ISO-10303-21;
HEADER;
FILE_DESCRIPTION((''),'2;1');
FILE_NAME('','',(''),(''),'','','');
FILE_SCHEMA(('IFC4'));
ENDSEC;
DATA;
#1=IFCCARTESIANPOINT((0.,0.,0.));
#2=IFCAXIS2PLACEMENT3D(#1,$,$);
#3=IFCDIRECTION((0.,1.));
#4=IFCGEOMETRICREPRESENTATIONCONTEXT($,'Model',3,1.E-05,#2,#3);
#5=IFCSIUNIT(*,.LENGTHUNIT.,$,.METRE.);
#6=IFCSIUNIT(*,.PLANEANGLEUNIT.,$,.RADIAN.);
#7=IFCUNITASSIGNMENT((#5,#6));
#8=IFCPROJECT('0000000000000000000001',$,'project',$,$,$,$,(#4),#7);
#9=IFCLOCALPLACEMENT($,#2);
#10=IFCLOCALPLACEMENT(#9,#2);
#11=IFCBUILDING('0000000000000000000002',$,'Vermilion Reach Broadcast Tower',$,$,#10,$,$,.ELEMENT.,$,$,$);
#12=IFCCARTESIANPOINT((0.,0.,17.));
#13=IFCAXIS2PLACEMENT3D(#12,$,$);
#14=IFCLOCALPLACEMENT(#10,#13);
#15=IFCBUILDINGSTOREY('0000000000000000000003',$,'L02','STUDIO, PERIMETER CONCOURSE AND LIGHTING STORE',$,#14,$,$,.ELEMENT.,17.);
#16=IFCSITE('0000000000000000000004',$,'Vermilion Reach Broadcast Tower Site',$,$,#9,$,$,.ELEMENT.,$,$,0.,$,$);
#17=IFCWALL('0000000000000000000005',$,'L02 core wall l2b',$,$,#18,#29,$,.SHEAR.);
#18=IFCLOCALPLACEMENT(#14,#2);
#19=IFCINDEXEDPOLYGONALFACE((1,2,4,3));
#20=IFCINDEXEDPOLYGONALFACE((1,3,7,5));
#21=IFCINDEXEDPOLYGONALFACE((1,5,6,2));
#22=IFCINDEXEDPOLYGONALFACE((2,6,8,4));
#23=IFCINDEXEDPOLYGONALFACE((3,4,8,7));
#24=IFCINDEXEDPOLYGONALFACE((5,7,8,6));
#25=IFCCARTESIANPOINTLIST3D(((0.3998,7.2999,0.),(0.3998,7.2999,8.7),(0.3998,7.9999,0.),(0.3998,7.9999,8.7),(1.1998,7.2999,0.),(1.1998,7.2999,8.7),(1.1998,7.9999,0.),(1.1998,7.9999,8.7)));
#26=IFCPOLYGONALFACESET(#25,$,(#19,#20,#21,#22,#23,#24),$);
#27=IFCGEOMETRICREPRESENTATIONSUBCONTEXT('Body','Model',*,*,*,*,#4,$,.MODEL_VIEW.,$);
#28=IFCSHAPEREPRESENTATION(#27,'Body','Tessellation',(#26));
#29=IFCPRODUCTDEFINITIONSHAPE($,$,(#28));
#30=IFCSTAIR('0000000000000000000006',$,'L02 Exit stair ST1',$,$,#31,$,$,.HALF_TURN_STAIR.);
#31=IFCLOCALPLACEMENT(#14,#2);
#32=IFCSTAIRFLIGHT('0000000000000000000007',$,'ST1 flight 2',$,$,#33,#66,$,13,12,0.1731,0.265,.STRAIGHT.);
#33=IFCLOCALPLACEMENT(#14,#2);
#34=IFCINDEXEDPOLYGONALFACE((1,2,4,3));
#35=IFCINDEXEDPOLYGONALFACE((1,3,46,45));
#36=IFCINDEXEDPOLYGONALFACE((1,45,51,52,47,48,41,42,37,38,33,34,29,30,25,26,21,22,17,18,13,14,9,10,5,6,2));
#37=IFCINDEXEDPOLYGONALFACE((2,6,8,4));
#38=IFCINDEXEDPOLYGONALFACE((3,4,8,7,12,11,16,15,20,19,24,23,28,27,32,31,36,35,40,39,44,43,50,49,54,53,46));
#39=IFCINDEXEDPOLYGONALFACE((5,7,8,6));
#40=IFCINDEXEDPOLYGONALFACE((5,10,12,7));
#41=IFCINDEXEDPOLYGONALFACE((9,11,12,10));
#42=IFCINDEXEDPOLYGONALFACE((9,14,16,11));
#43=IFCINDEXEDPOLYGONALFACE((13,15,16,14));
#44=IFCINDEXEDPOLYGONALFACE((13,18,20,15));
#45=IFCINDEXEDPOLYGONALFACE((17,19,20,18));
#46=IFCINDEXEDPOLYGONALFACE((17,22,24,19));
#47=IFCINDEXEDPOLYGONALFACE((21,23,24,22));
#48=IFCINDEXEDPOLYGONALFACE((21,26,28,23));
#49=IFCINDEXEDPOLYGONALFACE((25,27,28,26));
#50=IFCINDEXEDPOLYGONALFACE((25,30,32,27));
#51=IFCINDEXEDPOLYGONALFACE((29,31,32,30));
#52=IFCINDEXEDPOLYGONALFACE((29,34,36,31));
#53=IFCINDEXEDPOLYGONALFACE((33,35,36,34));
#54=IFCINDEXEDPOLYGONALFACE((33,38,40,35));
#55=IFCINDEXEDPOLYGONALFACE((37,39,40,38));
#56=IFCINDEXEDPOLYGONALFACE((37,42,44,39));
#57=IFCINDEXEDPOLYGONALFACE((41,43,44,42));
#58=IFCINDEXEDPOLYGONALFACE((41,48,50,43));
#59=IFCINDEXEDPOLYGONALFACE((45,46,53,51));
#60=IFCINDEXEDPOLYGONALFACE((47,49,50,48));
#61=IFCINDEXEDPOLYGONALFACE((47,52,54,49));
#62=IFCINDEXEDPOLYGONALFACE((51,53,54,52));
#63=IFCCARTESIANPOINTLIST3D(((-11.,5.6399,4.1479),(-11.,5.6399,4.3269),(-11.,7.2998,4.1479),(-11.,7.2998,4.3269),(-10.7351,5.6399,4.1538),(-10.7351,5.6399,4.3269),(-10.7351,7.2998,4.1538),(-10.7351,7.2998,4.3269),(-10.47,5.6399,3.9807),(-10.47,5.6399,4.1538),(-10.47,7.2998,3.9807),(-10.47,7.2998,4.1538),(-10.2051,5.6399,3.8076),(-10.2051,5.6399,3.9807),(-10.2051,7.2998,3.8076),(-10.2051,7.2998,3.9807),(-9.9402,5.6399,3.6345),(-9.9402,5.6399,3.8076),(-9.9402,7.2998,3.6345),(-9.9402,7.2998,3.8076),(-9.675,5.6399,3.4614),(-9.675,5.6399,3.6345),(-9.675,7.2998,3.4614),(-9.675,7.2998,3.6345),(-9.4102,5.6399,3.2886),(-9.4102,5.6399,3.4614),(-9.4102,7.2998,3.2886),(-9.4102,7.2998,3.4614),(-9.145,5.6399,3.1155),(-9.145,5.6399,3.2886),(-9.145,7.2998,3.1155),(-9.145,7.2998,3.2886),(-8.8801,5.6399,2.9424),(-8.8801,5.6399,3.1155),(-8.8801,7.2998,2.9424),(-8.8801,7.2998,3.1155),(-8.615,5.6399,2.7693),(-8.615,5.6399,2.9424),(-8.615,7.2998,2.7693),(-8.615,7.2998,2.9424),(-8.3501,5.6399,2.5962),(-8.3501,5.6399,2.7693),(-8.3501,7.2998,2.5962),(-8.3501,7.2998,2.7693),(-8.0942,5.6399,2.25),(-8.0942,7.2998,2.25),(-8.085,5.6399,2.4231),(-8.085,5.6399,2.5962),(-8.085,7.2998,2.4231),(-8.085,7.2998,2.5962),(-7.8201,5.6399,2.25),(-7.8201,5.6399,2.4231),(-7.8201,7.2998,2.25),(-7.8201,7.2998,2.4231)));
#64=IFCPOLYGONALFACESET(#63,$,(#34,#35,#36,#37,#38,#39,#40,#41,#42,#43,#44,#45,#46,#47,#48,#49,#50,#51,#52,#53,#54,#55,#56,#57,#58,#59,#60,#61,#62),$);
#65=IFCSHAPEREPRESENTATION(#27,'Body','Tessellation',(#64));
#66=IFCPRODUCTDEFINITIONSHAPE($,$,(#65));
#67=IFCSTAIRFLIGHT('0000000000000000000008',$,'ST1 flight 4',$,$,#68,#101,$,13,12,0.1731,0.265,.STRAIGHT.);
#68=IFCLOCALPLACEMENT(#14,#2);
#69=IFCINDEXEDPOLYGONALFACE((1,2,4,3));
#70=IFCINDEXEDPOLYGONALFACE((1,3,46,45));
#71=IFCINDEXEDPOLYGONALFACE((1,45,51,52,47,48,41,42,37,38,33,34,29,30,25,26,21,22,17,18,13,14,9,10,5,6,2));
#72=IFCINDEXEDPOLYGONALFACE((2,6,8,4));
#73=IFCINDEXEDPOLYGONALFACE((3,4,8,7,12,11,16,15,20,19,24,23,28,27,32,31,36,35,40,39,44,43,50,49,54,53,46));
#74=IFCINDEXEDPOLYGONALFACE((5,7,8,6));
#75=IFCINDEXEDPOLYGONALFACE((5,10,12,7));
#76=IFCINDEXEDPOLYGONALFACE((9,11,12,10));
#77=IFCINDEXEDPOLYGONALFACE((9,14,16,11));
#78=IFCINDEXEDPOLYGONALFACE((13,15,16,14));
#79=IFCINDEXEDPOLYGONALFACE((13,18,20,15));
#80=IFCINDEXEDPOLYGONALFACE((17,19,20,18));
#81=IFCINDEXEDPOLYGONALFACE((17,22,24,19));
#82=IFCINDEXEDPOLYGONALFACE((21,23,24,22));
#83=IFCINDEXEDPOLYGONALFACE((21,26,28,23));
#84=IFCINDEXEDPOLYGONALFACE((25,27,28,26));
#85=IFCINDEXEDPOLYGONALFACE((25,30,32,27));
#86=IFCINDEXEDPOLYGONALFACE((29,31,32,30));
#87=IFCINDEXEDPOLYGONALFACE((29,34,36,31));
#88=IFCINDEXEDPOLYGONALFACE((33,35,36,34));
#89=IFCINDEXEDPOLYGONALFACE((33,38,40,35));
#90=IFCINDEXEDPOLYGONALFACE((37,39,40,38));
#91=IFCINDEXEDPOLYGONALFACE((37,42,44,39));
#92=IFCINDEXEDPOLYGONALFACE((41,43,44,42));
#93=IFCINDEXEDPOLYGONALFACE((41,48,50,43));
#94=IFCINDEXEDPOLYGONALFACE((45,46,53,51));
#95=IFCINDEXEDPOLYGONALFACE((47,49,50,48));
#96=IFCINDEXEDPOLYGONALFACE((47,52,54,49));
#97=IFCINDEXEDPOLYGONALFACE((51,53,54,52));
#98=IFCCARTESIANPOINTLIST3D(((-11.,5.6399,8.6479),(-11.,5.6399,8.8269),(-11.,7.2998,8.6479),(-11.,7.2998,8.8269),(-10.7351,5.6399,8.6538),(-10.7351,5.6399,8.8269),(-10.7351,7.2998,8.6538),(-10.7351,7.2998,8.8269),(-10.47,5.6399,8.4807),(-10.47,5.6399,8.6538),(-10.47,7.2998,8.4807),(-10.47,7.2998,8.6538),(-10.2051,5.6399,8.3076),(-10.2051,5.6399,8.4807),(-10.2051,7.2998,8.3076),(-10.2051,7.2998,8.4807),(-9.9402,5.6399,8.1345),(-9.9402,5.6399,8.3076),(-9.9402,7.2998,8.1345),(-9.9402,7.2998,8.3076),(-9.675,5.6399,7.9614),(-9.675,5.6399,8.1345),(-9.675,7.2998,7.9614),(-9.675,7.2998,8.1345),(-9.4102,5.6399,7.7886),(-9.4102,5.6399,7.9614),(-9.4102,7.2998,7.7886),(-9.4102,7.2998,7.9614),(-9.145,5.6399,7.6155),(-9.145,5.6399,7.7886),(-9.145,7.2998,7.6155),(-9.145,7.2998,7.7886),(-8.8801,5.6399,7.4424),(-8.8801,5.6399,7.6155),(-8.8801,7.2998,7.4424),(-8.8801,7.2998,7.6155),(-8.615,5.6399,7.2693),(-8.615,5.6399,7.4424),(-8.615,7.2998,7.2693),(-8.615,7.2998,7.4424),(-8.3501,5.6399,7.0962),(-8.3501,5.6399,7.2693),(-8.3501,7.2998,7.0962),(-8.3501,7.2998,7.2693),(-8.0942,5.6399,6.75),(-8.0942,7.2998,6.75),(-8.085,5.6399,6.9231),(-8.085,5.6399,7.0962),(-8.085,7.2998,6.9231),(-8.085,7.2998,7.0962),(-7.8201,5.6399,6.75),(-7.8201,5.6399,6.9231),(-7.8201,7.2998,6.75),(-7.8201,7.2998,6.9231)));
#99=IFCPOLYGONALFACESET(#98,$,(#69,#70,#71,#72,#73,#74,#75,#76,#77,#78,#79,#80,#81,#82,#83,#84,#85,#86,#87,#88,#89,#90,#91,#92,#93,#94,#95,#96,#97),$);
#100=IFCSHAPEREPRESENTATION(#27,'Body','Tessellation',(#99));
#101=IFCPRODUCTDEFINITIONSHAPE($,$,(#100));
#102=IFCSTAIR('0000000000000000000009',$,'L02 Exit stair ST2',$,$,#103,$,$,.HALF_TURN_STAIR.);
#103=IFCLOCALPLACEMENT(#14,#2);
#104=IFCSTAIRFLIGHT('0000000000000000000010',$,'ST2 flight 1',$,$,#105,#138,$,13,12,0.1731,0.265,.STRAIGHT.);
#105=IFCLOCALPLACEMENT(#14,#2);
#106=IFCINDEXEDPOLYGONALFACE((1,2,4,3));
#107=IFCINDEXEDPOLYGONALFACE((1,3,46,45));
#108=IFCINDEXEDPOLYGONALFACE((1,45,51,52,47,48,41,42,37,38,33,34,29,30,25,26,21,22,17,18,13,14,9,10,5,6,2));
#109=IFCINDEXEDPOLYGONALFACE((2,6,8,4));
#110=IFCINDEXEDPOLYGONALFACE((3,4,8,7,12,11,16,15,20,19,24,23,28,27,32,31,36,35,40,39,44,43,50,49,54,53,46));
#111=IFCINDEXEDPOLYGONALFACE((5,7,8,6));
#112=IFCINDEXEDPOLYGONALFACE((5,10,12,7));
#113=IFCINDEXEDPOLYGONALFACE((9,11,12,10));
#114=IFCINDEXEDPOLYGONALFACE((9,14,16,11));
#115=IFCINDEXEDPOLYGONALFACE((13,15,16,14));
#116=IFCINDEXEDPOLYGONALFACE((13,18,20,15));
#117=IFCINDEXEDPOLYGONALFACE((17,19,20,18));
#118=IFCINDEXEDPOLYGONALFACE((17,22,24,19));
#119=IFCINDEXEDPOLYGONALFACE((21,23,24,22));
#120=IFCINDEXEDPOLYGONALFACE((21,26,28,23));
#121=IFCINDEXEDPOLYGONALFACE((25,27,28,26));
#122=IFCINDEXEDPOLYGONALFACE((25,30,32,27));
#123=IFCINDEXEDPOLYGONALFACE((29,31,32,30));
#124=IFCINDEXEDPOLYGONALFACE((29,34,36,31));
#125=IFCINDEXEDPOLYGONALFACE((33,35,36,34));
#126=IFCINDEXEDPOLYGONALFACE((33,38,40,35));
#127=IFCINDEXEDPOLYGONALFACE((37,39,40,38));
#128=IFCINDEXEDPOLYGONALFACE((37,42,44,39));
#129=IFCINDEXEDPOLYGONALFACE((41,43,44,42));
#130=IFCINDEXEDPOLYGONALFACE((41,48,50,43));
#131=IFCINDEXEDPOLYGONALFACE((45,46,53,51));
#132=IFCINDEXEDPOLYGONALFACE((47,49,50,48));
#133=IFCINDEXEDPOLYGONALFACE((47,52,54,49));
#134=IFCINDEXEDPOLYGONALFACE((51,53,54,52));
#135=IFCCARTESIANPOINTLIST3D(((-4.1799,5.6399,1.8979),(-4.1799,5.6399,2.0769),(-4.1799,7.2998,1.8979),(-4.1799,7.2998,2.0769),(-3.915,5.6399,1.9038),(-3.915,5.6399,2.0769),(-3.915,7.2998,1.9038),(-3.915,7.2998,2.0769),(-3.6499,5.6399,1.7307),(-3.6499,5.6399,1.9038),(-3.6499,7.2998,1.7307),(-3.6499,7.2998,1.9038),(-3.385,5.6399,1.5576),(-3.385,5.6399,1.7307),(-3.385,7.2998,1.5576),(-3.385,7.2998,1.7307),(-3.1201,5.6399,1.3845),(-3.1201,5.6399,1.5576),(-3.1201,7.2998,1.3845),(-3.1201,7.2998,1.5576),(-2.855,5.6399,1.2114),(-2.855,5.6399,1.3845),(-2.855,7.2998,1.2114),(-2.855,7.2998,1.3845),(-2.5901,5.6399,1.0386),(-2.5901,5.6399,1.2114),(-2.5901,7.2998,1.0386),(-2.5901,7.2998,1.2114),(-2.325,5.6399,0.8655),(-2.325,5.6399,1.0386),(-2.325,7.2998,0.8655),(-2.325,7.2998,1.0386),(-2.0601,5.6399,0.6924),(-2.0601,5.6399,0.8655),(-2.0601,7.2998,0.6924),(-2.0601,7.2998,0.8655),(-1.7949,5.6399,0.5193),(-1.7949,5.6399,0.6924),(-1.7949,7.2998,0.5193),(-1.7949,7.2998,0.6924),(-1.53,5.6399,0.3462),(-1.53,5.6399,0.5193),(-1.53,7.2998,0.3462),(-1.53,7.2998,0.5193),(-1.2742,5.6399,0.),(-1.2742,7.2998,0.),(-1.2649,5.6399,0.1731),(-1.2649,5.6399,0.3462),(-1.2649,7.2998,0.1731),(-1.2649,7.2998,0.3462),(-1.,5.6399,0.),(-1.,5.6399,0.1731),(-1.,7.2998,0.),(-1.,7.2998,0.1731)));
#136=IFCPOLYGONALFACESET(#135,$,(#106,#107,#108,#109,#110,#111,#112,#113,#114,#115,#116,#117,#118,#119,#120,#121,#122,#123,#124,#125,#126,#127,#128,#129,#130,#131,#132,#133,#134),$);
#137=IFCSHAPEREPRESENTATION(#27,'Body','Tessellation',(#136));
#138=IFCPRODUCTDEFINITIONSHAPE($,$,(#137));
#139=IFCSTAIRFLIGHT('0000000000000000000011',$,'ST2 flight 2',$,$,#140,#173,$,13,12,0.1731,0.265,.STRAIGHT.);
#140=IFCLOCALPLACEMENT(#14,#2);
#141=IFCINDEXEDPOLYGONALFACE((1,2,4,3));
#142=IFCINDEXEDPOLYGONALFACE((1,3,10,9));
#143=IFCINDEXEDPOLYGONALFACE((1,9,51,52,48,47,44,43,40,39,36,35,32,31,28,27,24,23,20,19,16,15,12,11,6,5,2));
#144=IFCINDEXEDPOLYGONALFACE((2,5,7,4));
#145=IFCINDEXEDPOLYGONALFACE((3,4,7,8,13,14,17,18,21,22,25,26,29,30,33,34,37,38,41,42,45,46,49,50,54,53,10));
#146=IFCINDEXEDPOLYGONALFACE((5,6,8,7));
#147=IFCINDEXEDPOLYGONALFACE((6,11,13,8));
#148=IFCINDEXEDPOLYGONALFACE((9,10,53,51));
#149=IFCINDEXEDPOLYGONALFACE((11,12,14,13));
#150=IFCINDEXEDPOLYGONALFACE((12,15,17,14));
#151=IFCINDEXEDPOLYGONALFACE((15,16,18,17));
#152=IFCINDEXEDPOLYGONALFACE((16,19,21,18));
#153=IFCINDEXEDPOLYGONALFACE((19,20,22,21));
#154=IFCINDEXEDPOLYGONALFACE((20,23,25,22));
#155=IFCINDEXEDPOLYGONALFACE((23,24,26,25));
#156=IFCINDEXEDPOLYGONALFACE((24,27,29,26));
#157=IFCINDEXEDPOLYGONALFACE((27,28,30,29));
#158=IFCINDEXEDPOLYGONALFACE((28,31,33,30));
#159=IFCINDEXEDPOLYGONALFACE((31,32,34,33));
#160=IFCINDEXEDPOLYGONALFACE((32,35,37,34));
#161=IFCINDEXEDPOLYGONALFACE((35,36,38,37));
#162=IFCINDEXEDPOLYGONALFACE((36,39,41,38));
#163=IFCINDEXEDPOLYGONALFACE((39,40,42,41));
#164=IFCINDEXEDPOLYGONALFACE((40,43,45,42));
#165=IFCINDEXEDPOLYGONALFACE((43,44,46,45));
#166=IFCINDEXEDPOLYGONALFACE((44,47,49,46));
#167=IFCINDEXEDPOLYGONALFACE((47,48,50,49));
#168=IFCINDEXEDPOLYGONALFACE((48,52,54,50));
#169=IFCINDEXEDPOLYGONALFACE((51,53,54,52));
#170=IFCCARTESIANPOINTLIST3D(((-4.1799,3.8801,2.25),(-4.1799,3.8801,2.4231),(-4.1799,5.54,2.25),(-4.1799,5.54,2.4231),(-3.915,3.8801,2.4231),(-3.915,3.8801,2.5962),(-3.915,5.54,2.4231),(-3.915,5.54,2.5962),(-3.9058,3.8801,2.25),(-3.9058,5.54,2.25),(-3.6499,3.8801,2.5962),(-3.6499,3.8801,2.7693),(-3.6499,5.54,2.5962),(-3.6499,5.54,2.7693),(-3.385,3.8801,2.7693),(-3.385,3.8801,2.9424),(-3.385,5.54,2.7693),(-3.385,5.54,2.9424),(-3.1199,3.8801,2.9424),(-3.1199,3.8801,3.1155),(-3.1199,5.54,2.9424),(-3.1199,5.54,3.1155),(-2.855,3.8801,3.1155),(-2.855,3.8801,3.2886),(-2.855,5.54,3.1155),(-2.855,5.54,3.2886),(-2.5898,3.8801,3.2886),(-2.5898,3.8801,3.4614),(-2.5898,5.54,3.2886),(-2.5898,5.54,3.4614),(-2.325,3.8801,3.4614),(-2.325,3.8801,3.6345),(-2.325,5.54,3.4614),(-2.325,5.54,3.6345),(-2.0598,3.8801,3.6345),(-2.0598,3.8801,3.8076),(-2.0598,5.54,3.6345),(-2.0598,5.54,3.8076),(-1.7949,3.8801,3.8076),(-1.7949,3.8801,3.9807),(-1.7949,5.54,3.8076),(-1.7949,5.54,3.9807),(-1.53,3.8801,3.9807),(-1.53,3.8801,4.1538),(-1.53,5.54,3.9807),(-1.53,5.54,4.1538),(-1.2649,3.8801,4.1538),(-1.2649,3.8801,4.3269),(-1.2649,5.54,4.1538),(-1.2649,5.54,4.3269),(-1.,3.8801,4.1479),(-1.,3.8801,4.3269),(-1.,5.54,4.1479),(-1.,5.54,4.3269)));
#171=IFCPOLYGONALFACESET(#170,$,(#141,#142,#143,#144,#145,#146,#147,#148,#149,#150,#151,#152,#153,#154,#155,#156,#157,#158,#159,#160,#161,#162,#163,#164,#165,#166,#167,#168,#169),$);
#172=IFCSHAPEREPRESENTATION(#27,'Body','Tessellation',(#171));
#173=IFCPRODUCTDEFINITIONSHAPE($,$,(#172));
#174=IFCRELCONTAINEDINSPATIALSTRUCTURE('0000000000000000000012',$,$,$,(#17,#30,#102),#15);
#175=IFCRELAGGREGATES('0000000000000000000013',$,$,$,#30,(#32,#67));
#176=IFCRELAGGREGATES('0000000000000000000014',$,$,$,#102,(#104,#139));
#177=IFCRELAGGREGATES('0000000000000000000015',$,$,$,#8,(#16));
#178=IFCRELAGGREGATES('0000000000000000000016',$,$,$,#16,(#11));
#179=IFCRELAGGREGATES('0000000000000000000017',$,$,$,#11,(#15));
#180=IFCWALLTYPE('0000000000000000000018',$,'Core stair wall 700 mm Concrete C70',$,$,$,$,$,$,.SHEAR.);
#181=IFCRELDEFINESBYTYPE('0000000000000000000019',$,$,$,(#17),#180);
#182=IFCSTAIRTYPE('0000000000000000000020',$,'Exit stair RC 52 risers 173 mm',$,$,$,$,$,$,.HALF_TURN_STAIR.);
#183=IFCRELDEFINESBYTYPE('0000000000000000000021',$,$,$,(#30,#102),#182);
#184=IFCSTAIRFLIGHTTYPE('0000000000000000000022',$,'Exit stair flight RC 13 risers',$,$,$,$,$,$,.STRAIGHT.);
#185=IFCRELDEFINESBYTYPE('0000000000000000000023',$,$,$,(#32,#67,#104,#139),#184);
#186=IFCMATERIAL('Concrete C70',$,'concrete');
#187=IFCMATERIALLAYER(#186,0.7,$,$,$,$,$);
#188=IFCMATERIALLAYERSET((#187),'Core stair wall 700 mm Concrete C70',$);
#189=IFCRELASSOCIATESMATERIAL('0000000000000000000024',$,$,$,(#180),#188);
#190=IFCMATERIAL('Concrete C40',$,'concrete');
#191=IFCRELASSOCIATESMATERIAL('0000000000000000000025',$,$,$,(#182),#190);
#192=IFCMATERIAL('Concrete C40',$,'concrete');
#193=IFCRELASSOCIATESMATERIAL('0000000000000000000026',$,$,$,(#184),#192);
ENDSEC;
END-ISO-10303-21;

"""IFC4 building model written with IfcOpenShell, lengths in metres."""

from ifc_helpers import new_model, si_unit, direction, frame, frame_2d, origin, place, context, subcontext, project, spatial, polyline, rectangle, outline, extrude, material, layer, layer_set, type_object, element, aggregate, save


model = new_model("IFC4")

# Units and contexts
model_context = context("Model", 3, precision=1e-05, world=origin(), true_north=direction((0.0, 1.0)))
body_context = subcontext(model_context, "Body", "Model", "MODEL_VIEW")
ifc_project = project(units=[si_unit("LENGTHUNIT", "METRE"), si_unit("PLANEANGLEUNIT", "RADIAN")], contexts=[model_context])

# Site, building, storey
site_placement = place(None, origin())
site = spatial("IfcSite", under=ifc_project, at=site_placement, Name="Vermilion Reach Broadcast Tower Site", CompositionType="ELEMENT", RefElevation=0.0)
building_placement = place(site_placement, origin())
building = spatial("IfcBuilding", under=site, at=building_placement, Name="Vermilion Reach Broadcast Tower", CompositionType="ELEMENT")
storey_placement = place(building_placement, frame((0.0, 0.0, 17.0)))
storey = spatial("IfcBuildingStorey", under=building, at=storey_placement, Name="L02", Description="STUDIO, PERIMETER CONCOURSE AND LIGHTING STORE", CompositionType="ELEMENT", Elevation=17.0)

# Wall
ifc_material_1 = material(Name="Concrete C70", Category="concrete")
ifc_layer_1 = layer(ifc_material_1, 0.7)
ifc_layer_set_1 = layer_set([ifc_layer_1], Name="Core stair wall 700 mm Concrete C70")
wall_type_1 = type_object("IfcWallType", Name="Core stair wall 700 mm Concrete C70", PredefinedType="SHEAR", material=ifc_layer_set_1)
wall_1_placement = place(storey_placement, frame((0.3999, 7.6499, 0.0), z_axis=(0.0, 0.0, 1.0), x_axis=(1.0, 0.0, 0.0)))
element("IfcWall", 1, at=wall_1_placement, inside=storey, type_object=wall_type_1, Name="L02 core wall l2b", PredefinedType="SHEAR", context=body_context, shape_type="SweptSolid", body=[
    extrude(rectangle(XDim=0.8, YDim=0.7, at=frame_2d((0.3999, 0.0))), origin(), (0.0, 0.0, 1.0), 8.7),
])

# Stairs, stair flights
ifc_material_2 = material(Name="Concrete C40", Category="concrete")
stair_type = type_object("IfcStairType", Name="Exit stair RC 52 risers 173 mm", PredefinedType="HALF_TURN_STAIR", material=ifc_material_2)
placement = place(storey_placement, origin())
stair_1 = element("IfcStair", 2, at=placement, inside=storey, type_object=stair_type, Name="L02 Exit stair ST1", PredefinedType="HALF_TURN_STAIR")
ifc_material_3 = material(Name="Concrete C40", Category="concrete")
stair_flight_type = type_object("IfcStairFlightType", Name="Exit stair flight RC 13 risers", PredefinedType="STRAIGHT", material=ifc_material_3)
stair_flight_1_placement = place(storey_placement, frame((-7.8201, 6.47, 2.25), z_axis=(0.0, 0.0, 1.0), x_axis=(-1.0, 0.0, 0.0)))
stair_flight_1 = element("IfcStairFlight", 3, at=stair_flight_1_placement, type_object=stair_flight_type, Name="ST1 flight 2", NumberOfRisers=13, NumberOfTreads=12, PredefinedType="STRAIGHT", RiserHeight=0.1731, TreadLength=0.265, context=body_context, shape_type="SweptSolid", body=[
    extrude(outline(polyline([(0.0, 0.0), (0.0, 0.1731), (0.2649, 0.1731), (0.2649, 0.3462), (0.53, 0.3462), (0.53, 0.5193), (0.7949, 0.5193), (0.7949, 0.6924), (1.0601, 0.6924), (1.0601, 0.8655), (1.325, 0.8655), (1.325, 1.0386), (1.5901, 1.0386), (1.5901, 1.2114), (1.855, 1.2114), (1.855, 1.3845), (2.1201, 1.3845), (2.1201, 1.5576), (2.385, 1.5576), (2.385, 1.7307), (2.6499, 1.7307), (2.6499, 1.9038), (2.915, 1.9038), (2.915, 2.0769), (3.1799, 2.0769), (3.1799, 2.25), (3.1799, 1.8979), (0.2742, 0.0), (0.0, 0.0)])), frame((0.0, 0.8301, 0.0), z_axis=(0.0, -1.0, 0.0), x_axis=(1.0, 0.0, 0.0)), (0.0, 0.0, 1.0), 1.6599),
])
stair_flight_2_placement = place(storey_placement, frame((-7.8201, 6.47, 6.75), z_axis=(0.0, 0.0, 1.0), x_axis=(-1.0, 0.0, 0.0)))
stair_flight_2 = element("IfcStairFlight", 4, at=stair_flight_2_placement, type_object=stair_flight_type, Name="ST1 flight 4", NumberOfRisers=13, NumberOfTreads=12, PredefinedType="STRAIGHT", RiserHeight=0.1731, TreadLength=0.265, context=body_context, shape_type="SweptSolid", body=[
    extrude(outline(polyline([(0.0, 0.0), (0.0, 0.1731), (0.2649, 0.1731), (0.2649, 0.3462), (0.53, 0.3462), (0.53, 0.5193), (0.7949, 0.5193), (0.7949, 0.6924), (1.0601, 0.6924), (1.0601, 0.8655), (1.325, 0.8655), (1.325, 1.0386), (1.5901, 1.0386), (1.5901, 1.2114), (1.855, 1.2114), (1.855, 1.3845), (2.1201, 1.3845), (2.1201, 1.5576), (2.385, 1.5576), (2.385, 1.7307), (2.6499, 1.7307), (2.6499, 1.9038), (2.915, 1.9038), (2.915, 2.0769), (3.1799, 2.0769), (3.1799, 2.25), (3.1799, 1.8979), (0.2742, 0.0), (0.0, 0.0)])), frame((0.0, 0.8301, 0.0), z_axis=(0.0, -1.0, 0.0), x_axis=(1.0, 0.0, 0.0)), (0.0, 0.0, 1.0), 1.6599),
])
aggregate(stair_1, [stair_flight_1, stair_flight_2])
stair_2 = element("IfcStair", 5, at=placement, inside=storey, type_object=stair_type, Name="L02 Exit stair ST2", PredefinedType="HALF_TURN_STAIR")
stair_flight_3_placement = place(storey_placement, frame((-1.0, 6.47, 0.0), z_axis=(0.0, 0.0, 1.0), x_axis=(-1.0, 0.0, 0.0)))
stair_flight_3 = element("IfcStairFlight", 6, at=stair_flight_3_placement, type_object=stair_flight_type, Name="ST2 flight 1", NumberOfRisers=13, NumberOfTreads=12, PredefinedType="STRAIGHT", RiserHeight=0.1731, TreadLength=0.265, context=body_context, shape_type="SweptSolid", body=[
    extrude(outline(polyline([(0.0, 0.0), (0.0, 0.1731), (0.2649, 0.1731), (0.2649, 0.3462), (0.53, 0.3462), (0.53, 0.5193), (0.7949, 0.5193), (0.7949, 0.6924), (1.0601, 0.6924), (1.0601, 0.8655), (1.325, 0.8655), (1.325, 1.0386), (1.5901, 1.0386), (1.5901, 1.2114), (1.855, 1.2114), (1.855, 1.3845), (2.1201, 1.3845), (2.1201, 1.5576), (2.385, 1.5576), (2.385, 1.7307), (2.6499, 1.7307), (2.6499, 1.9038), (2.915, 1.9038), (2.915, 2.0769), (3.1799, 2.0769), (3.1799, 2.25), (3.1799, 1.8979), (0.2742, 0.0), (0.0, 0.0)])), frame((0.0, 0.8301, 0.0), z_axis=(0.0, -1.0, 0.0), x_axis=(1.0, 0.0, 0.0)), (0.0, 0.0, 1.0), 1.6599),
])
stair_flight_4_placement = place(storey_placement, frame((-4.1799, 4.71, 2.25), z_axis=(0.0, 0.0, 1.0), x_axis=(1.0, 0.0, 0.0)))
stair_flight_4 = element("IfcStairFlight", 7, at=stair_flight_4_placement, type_object=stair_flight_type, Name="ST2 flight 2", NumberOfRisers=13, NumberOfTreads=12, PredefinedType="STRAIGHT", RiserHeight=0.1731, TreadLength=0.265, context=body_context, shape_type="SweptSolid", body=[
    extrude(outline(polyline([(0.0, 0.0), (0.0, 0.1731), (0.2649, 0.1731), (0.2649, 0.3462), (0.53, 0.3462), (0.53, 0.5193), (0.7949, 0.5193), (0.7949, 0.6924), (1.0601, 0.6924), (1.0601, 0.8655), (1.325, 0.8655), (1.325, 1.0386), (1.5901, 1.0386), (1.5901, 1.2114), (1.855, 1.2114), (1.855, 1.3845), (2.1201, 1.3845), (2.1201, 1.5576), (2.385, 1.5576), (2.385, 1.7307), (2.6499, 1.7307), (2.6499, 1.9038), (2.915, 1.9038), (2.915, 2.0769), (3.1799, 2.0769), (3.1799, 2.25), (3.1799, 1.8979), (0.2742, 0.0), (0.0, 0.0)])), frame((0.0, 0.8301, 0.0), z_axis=(0.0, -1.0, 0.0), x_axis=(1.0, 0.0, 0.0)), (0.0, 0.0, 1.0), 1.6599),
])
aggregate(stair_2, [stair_flight_3, stair_flight_4])

save(model, "model.ifc")
